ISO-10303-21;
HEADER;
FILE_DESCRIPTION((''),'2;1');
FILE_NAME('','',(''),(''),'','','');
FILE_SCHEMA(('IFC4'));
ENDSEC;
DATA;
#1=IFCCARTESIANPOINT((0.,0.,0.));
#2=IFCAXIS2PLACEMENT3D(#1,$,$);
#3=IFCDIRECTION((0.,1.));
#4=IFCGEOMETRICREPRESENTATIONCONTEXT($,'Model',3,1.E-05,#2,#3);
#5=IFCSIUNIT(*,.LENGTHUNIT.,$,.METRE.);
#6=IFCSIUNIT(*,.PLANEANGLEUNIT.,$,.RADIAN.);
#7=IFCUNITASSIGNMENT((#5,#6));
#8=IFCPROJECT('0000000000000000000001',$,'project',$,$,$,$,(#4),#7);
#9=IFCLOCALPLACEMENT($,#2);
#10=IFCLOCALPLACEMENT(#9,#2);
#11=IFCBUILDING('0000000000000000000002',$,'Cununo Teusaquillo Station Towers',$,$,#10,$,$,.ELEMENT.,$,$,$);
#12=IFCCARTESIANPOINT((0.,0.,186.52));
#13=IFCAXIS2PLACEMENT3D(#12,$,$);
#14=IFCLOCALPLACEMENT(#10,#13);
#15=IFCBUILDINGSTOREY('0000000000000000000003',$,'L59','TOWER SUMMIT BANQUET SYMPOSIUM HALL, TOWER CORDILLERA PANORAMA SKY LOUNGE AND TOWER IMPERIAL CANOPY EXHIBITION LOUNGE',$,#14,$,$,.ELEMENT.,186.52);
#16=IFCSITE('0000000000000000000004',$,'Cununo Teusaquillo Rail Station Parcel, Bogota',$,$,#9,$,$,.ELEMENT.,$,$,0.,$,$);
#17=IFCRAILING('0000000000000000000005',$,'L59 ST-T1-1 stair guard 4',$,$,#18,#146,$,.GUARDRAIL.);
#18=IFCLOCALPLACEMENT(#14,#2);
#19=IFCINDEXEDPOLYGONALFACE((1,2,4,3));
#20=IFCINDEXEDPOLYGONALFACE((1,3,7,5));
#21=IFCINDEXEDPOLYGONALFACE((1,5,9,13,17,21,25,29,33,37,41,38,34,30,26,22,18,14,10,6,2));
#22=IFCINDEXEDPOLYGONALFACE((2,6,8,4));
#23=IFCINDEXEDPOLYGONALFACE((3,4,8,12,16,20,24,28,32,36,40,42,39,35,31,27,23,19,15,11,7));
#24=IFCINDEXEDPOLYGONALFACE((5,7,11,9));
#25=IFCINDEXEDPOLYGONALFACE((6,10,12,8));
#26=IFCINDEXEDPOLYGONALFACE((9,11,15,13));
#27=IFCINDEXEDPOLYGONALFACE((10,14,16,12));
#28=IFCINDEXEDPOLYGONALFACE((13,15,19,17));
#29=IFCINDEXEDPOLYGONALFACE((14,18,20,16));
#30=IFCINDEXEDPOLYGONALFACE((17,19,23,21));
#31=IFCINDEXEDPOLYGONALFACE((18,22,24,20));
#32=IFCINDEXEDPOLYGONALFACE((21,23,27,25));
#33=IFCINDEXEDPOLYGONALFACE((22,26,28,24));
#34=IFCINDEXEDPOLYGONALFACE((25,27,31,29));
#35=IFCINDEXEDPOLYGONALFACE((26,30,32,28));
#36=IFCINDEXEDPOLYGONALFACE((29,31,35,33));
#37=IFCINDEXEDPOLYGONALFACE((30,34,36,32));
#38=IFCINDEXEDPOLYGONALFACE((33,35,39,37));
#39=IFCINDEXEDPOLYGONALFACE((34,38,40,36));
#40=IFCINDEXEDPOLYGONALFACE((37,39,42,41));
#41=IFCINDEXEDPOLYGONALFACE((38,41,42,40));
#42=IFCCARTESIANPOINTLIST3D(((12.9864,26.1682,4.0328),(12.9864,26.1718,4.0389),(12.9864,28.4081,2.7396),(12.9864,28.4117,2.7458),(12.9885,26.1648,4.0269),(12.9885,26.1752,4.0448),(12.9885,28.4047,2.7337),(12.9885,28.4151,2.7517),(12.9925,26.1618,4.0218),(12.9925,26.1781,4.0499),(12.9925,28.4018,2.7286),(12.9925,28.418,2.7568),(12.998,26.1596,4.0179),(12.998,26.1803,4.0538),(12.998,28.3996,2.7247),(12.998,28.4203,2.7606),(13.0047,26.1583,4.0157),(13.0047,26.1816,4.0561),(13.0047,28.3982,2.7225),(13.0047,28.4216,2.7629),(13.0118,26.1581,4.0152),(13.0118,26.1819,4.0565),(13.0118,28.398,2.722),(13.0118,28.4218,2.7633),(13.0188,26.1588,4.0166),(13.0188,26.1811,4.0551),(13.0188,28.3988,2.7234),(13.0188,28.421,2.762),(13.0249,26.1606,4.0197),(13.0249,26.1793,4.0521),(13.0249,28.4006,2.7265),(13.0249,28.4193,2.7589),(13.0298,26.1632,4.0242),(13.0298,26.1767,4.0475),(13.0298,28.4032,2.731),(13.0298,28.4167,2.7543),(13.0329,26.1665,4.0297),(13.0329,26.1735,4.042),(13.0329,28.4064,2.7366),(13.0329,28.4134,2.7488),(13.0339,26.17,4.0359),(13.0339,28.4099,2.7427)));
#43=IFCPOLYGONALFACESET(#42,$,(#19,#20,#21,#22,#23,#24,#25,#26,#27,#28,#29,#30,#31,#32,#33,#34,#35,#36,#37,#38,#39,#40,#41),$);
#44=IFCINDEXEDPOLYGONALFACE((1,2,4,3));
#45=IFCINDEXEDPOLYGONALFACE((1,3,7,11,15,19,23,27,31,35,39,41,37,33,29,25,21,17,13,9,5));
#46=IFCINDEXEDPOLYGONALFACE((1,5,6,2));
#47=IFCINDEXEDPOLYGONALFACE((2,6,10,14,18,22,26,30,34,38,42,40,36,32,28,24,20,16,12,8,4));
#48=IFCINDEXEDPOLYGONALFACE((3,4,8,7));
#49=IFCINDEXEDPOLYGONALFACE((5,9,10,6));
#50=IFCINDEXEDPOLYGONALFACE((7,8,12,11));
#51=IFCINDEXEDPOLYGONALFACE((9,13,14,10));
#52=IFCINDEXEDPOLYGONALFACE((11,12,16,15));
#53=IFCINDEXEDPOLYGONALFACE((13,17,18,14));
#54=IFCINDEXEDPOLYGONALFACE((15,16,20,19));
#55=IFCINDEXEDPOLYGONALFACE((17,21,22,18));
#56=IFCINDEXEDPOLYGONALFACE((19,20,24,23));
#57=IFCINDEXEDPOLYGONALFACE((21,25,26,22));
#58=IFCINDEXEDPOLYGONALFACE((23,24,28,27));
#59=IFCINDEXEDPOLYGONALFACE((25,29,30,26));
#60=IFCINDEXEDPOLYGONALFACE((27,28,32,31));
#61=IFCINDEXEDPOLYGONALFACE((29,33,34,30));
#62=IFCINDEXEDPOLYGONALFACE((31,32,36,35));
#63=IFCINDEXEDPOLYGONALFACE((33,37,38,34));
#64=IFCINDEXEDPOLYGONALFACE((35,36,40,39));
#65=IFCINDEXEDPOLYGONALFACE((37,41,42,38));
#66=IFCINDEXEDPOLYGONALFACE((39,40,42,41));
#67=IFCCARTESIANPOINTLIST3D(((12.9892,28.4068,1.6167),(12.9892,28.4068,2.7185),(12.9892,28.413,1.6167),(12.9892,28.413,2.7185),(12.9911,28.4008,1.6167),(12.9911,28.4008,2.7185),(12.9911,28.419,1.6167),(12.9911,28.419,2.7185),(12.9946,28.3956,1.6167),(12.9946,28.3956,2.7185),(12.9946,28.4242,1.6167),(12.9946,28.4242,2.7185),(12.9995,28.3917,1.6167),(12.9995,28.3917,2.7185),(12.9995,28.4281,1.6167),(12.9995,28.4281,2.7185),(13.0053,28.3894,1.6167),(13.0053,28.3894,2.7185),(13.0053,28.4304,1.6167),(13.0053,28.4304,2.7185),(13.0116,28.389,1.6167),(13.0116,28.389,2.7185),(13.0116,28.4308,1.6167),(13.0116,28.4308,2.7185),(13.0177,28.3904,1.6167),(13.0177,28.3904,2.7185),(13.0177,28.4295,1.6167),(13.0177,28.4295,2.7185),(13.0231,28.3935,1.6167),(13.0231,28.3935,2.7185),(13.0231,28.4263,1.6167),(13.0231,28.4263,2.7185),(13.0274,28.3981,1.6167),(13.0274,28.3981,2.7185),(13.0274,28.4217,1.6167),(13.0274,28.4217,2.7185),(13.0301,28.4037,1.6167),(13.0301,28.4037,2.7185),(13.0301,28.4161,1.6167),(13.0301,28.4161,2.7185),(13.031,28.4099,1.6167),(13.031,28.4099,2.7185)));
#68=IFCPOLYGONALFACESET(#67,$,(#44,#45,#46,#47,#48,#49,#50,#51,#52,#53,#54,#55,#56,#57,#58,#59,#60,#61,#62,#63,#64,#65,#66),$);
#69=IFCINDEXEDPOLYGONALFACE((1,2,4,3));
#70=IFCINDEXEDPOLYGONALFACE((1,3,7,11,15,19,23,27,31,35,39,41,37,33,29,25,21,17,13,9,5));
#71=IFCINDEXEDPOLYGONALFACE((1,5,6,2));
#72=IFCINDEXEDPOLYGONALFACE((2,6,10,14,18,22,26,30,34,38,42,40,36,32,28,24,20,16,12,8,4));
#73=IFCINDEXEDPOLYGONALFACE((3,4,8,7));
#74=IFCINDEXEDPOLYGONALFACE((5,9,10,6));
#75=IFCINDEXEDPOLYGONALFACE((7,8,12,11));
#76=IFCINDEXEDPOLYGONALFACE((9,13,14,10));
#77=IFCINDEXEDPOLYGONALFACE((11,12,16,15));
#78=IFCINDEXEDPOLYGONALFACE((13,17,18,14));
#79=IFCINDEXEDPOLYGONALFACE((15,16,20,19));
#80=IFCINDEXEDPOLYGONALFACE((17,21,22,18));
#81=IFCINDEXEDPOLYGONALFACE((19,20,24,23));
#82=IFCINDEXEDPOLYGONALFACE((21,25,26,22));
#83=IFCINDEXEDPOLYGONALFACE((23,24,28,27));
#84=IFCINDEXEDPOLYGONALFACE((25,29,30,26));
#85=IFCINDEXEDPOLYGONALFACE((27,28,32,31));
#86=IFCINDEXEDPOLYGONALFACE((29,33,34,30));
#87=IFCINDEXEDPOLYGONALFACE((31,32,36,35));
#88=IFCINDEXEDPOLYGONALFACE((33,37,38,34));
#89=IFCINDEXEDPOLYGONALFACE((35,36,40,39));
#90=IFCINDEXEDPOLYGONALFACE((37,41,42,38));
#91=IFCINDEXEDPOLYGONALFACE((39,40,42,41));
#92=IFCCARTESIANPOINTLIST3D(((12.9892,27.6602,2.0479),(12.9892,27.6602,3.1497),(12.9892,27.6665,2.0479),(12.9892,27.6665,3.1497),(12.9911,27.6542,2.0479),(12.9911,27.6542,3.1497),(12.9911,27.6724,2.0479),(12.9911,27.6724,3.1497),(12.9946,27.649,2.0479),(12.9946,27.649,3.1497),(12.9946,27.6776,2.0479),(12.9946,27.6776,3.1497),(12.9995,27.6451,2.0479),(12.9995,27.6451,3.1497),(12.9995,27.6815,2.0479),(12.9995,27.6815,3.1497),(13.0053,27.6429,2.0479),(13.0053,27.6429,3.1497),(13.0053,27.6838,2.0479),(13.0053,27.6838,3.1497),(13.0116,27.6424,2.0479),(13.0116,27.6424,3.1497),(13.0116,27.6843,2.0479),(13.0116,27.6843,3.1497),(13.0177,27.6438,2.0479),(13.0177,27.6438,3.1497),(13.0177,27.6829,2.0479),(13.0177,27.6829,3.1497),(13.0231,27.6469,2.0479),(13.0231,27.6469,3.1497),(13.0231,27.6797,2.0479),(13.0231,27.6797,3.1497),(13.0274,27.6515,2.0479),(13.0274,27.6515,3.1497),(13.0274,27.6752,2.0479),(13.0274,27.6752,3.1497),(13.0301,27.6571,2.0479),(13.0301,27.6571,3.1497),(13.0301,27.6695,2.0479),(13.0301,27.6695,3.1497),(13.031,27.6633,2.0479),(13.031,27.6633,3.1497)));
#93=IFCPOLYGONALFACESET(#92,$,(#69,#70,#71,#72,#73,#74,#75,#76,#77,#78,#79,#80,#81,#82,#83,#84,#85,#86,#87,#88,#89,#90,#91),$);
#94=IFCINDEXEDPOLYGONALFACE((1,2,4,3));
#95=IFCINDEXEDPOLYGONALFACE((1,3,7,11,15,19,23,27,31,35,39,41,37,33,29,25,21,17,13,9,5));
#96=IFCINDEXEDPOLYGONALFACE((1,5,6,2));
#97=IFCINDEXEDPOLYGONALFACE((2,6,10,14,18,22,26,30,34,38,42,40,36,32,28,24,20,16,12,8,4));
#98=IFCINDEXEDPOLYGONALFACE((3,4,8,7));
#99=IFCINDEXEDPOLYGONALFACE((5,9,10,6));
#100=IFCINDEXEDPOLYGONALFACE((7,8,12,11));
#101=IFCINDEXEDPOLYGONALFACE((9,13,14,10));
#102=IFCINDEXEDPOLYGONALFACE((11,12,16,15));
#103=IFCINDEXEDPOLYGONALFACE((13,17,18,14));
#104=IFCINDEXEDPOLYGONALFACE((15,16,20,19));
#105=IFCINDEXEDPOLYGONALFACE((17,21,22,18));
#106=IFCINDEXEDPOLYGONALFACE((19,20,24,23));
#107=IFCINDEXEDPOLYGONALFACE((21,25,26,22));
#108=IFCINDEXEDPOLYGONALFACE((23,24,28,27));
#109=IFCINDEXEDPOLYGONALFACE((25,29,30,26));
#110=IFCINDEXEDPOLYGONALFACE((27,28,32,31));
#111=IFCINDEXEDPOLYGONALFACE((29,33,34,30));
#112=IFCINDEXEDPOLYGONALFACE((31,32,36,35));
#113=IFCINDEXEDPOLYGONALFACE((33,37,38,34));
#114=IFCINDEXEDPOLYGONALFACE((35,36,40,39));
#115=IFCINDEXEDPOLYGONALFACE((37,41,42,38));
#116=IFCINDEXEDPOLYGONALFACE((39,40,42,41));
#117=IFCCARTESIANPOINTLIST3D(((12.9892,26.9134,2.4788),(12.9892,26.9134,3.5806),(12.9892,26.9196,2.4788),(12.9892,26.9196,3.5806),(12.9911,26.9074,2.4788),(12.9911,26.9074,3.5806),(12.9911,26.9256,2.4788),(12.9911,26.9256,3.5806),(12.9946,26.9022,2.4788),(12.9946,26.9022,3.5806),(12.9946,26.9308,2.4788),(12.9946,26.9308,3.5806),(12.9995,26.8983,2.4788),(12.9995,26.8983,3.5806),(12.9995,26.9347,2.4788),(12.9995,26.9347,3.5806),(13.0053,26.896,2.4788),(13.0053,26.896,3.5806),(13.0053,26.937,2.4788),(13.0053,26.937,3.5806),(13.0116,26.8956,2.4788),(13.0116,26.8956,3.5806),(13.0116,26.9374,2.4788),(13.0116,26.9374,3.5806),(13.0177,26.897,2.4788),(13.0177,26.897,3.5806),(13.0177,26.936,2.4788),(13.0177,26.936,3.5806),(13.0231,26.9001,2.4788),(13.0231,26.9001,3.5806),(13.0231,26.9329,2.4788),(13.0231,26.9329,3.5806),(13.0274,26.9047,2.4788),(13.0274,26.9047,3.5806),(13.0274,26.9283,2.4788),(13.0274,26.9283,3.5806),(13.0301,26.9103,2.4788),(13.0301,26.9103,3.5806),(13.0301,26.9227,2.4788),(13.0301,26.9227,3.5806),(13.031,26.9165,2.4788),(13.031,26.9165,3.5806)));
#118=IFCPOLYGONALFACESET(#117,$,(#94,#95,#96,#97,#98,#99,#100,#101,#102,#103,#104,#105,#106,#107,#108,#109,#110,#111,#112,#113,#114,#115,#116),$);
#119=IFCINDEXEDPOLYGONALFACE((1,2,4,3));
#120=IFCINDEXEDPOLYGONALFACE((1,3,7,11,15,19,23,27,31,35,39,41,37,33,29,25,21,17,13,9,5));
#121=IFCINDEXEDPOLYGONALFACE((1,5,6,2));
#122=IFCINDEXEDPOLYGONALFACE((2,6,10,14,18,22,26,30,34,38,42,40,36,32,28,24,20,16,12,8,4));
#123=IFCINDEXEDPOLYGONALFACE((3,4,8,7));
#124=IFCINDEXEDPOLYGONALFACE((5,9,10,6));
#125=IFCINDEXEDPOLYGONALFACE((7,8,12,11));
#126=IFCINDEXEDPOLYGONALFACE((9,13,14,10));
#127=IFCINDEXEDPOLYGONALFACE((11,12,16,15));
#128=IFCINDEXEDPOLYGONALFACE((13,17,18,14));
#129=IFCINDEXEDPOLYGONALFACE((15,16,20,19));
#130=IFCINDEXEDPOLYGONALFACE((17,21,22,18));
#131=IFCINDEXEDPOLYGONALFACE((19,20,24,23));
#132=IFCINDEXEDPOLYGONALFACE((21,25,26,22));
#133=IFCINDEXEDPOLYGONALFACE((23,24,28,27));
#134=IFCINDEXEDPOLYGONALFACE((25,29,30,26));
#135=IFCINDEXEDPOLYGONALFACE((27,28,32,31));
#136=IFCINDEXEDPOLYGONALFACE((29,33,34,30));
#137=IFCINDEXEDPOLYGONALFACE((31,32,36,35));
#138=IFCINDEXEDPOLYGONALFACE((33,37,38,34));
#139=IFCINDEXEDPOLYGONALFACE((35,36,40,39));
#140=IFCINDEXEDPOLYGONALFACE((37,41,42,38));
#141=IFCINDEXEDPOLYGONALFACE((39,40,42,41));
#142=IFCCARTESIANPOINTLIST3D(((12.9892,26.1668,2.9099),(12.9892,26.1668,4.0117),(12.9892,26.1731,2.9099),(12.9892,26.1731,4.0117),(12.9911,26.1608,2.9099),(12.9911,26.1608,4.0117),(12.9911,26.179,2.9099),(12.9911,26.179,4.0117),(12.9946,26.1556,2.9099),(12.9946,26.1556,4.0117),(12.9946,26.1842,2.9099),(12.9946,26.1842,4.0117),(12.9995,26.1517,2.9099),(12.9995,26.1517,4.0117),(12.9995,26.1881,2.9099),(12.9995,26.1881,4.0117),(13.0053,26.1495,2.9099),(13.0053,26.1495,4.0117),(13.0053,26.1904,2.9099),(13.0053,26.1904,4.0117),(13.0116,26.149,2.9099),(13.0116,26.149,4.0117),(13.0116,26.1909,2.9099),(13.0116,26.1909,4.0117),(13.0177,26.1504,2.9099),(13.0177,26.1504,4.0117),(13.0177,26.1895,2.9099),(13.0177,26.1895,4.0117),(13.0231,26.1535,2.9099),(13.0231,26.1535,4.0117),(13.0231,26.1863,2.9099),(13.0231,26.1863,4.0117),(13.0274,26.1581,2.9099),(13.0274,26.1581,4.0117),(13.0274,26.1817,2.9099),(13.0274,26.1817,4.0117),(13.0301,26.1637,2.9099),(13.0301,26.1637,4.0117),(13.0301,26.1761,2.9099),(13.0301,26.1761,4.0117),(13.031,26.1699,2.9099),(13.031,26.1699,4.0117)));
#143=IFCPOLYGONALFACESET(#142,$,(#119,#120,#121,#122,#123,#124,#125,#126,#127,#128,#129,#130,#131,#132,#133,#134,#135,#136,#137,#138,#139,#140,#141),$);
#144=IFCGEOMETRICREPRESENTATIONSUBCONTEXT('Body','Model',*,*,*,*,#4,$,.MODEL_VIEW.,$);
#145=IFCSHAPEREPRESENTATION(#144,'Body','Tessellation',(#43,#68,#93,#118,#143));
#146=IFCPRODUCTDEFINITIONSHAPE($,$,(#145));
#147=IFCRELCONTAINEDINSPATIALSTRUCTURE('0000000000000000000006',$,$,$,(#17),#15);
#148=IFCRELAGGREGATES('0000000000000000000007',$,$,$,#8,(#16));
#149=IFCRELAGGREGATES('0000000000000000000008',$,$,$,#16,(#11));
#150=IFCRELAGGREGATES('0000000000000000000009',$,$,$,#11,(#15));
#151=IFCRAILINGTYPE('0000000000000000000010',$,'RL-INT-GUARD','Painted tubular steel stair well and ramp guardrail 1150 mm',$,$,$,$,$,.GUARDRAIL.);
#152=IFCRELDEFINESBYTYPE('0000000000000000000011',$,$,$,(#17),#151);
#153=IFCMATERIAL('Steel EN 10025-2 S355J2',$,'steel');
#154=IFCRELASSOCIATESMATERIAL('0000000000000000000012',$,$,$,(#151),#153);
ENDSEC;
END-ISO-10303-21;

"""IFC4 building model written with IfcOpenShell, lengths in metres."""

from ifc_helpers import new_model, si_unit, direction, frame, origin, origin_2d, place, context, subcontext, project, spatial, circle, extrude, material, type_object, element, save


model = new_model("IFC4")

# Units and contexts
model_context = context("Model", 3, precision=1e-05, world=origin(), true_north=direction((0.0, 1.0)))
body_context = subcontext(model_context, "Body", "Model", "MODEL_VIEW")
ifc_project = project(units=[si_unit("LENGTHUNIT", "METRE"), si_unit("PLANEANGLEUNIT", "RADIAN")], contexts=[model_context])

# Site, building, storey
site_placement = place(None, origin())
site = spatial("IfcSite", under=ifc_project, at=site_placement, Name="Cununo Teusaquillo Rail Station Parcel, Bogota", CompositionType="ELEMENT", RefElevation=0.0)
building_placement = place(site_placement, origin())
building = spatial("IfcBuilding", under=site, at=building_placement, Name="Cununo Teusaquillo Station Towers", CompositionType="ELEMENT")
storey_placement = place(building_placement, frame((0.0, 0.0, 186.52)))
storey = spatial("IfcBuildingStorey", under=building, at=storey_placement, Name="L59", Description="TOWER SUMMIT BANQUET SYMPOSIUM HALL, TOWER CORDILLERA PANORAMA SKY LOUNGE AND TOWER IMPERIAL CANOPY EXHIBITION LOUNGE", CompositionType="ELEMENT", Elevation=186.52)

# Railing
ifc_material_1 = material(Name="Steel EN 10025-2 S355J2", Category="steel")
railing_type_1 = type_object("IfcRailingType", Name="RL-INT-GUARD", Description="Painted tubular steel stair well and ramp guardrail 1150 mm", PredefinedType="GUARDRAIL", material=ifc_material_1)
railing_1_placement = place(storey_placement, frame((13.01, 28.4099, 1.6167)))
element("IfcRailing", 1, at=railing_1_placement, inside=storey, type_object=railing_type_1, Name="L59 ST-T1-1 stair guard 4", PredefinedType="GUARDRAIL", context=body_context, shape_type="SweptSolid", body=[
    extrude(circle(Radius=0.0239, at=origin_2d()), frame((0.0, 0.0, 1.126), z_axis=(0.0, -0.866033, 0.499987), x_axis=(1.0, 0.0, 0.0)), (0.0, 0.0, 1.0), 2.5864),
    extrude(circle(Radius=0.021, at=origin_2d()), origin(), (0.0, 0.0, 1.0), 1.1018),
    extrude(circle(Radius=0.021, at=origin_2d()), frame((0.0, -0.7466, 0.4312)), (0.0, 0.0, 1.0), 1.1018),
    extrude(circle(Radius=0.021, at=origin_2d()), frame((0.0, -1.4934, 0.8621)), (0.0, 0.0, 1.0), 1.1018),
    extrude(circle(Radius=0.021, at=origin_2d()), frame((0.0, -2.24, 1.2932)), (0.0, 0.0, 1.0), 1.1018),
])

save(model, "model.ifc")
